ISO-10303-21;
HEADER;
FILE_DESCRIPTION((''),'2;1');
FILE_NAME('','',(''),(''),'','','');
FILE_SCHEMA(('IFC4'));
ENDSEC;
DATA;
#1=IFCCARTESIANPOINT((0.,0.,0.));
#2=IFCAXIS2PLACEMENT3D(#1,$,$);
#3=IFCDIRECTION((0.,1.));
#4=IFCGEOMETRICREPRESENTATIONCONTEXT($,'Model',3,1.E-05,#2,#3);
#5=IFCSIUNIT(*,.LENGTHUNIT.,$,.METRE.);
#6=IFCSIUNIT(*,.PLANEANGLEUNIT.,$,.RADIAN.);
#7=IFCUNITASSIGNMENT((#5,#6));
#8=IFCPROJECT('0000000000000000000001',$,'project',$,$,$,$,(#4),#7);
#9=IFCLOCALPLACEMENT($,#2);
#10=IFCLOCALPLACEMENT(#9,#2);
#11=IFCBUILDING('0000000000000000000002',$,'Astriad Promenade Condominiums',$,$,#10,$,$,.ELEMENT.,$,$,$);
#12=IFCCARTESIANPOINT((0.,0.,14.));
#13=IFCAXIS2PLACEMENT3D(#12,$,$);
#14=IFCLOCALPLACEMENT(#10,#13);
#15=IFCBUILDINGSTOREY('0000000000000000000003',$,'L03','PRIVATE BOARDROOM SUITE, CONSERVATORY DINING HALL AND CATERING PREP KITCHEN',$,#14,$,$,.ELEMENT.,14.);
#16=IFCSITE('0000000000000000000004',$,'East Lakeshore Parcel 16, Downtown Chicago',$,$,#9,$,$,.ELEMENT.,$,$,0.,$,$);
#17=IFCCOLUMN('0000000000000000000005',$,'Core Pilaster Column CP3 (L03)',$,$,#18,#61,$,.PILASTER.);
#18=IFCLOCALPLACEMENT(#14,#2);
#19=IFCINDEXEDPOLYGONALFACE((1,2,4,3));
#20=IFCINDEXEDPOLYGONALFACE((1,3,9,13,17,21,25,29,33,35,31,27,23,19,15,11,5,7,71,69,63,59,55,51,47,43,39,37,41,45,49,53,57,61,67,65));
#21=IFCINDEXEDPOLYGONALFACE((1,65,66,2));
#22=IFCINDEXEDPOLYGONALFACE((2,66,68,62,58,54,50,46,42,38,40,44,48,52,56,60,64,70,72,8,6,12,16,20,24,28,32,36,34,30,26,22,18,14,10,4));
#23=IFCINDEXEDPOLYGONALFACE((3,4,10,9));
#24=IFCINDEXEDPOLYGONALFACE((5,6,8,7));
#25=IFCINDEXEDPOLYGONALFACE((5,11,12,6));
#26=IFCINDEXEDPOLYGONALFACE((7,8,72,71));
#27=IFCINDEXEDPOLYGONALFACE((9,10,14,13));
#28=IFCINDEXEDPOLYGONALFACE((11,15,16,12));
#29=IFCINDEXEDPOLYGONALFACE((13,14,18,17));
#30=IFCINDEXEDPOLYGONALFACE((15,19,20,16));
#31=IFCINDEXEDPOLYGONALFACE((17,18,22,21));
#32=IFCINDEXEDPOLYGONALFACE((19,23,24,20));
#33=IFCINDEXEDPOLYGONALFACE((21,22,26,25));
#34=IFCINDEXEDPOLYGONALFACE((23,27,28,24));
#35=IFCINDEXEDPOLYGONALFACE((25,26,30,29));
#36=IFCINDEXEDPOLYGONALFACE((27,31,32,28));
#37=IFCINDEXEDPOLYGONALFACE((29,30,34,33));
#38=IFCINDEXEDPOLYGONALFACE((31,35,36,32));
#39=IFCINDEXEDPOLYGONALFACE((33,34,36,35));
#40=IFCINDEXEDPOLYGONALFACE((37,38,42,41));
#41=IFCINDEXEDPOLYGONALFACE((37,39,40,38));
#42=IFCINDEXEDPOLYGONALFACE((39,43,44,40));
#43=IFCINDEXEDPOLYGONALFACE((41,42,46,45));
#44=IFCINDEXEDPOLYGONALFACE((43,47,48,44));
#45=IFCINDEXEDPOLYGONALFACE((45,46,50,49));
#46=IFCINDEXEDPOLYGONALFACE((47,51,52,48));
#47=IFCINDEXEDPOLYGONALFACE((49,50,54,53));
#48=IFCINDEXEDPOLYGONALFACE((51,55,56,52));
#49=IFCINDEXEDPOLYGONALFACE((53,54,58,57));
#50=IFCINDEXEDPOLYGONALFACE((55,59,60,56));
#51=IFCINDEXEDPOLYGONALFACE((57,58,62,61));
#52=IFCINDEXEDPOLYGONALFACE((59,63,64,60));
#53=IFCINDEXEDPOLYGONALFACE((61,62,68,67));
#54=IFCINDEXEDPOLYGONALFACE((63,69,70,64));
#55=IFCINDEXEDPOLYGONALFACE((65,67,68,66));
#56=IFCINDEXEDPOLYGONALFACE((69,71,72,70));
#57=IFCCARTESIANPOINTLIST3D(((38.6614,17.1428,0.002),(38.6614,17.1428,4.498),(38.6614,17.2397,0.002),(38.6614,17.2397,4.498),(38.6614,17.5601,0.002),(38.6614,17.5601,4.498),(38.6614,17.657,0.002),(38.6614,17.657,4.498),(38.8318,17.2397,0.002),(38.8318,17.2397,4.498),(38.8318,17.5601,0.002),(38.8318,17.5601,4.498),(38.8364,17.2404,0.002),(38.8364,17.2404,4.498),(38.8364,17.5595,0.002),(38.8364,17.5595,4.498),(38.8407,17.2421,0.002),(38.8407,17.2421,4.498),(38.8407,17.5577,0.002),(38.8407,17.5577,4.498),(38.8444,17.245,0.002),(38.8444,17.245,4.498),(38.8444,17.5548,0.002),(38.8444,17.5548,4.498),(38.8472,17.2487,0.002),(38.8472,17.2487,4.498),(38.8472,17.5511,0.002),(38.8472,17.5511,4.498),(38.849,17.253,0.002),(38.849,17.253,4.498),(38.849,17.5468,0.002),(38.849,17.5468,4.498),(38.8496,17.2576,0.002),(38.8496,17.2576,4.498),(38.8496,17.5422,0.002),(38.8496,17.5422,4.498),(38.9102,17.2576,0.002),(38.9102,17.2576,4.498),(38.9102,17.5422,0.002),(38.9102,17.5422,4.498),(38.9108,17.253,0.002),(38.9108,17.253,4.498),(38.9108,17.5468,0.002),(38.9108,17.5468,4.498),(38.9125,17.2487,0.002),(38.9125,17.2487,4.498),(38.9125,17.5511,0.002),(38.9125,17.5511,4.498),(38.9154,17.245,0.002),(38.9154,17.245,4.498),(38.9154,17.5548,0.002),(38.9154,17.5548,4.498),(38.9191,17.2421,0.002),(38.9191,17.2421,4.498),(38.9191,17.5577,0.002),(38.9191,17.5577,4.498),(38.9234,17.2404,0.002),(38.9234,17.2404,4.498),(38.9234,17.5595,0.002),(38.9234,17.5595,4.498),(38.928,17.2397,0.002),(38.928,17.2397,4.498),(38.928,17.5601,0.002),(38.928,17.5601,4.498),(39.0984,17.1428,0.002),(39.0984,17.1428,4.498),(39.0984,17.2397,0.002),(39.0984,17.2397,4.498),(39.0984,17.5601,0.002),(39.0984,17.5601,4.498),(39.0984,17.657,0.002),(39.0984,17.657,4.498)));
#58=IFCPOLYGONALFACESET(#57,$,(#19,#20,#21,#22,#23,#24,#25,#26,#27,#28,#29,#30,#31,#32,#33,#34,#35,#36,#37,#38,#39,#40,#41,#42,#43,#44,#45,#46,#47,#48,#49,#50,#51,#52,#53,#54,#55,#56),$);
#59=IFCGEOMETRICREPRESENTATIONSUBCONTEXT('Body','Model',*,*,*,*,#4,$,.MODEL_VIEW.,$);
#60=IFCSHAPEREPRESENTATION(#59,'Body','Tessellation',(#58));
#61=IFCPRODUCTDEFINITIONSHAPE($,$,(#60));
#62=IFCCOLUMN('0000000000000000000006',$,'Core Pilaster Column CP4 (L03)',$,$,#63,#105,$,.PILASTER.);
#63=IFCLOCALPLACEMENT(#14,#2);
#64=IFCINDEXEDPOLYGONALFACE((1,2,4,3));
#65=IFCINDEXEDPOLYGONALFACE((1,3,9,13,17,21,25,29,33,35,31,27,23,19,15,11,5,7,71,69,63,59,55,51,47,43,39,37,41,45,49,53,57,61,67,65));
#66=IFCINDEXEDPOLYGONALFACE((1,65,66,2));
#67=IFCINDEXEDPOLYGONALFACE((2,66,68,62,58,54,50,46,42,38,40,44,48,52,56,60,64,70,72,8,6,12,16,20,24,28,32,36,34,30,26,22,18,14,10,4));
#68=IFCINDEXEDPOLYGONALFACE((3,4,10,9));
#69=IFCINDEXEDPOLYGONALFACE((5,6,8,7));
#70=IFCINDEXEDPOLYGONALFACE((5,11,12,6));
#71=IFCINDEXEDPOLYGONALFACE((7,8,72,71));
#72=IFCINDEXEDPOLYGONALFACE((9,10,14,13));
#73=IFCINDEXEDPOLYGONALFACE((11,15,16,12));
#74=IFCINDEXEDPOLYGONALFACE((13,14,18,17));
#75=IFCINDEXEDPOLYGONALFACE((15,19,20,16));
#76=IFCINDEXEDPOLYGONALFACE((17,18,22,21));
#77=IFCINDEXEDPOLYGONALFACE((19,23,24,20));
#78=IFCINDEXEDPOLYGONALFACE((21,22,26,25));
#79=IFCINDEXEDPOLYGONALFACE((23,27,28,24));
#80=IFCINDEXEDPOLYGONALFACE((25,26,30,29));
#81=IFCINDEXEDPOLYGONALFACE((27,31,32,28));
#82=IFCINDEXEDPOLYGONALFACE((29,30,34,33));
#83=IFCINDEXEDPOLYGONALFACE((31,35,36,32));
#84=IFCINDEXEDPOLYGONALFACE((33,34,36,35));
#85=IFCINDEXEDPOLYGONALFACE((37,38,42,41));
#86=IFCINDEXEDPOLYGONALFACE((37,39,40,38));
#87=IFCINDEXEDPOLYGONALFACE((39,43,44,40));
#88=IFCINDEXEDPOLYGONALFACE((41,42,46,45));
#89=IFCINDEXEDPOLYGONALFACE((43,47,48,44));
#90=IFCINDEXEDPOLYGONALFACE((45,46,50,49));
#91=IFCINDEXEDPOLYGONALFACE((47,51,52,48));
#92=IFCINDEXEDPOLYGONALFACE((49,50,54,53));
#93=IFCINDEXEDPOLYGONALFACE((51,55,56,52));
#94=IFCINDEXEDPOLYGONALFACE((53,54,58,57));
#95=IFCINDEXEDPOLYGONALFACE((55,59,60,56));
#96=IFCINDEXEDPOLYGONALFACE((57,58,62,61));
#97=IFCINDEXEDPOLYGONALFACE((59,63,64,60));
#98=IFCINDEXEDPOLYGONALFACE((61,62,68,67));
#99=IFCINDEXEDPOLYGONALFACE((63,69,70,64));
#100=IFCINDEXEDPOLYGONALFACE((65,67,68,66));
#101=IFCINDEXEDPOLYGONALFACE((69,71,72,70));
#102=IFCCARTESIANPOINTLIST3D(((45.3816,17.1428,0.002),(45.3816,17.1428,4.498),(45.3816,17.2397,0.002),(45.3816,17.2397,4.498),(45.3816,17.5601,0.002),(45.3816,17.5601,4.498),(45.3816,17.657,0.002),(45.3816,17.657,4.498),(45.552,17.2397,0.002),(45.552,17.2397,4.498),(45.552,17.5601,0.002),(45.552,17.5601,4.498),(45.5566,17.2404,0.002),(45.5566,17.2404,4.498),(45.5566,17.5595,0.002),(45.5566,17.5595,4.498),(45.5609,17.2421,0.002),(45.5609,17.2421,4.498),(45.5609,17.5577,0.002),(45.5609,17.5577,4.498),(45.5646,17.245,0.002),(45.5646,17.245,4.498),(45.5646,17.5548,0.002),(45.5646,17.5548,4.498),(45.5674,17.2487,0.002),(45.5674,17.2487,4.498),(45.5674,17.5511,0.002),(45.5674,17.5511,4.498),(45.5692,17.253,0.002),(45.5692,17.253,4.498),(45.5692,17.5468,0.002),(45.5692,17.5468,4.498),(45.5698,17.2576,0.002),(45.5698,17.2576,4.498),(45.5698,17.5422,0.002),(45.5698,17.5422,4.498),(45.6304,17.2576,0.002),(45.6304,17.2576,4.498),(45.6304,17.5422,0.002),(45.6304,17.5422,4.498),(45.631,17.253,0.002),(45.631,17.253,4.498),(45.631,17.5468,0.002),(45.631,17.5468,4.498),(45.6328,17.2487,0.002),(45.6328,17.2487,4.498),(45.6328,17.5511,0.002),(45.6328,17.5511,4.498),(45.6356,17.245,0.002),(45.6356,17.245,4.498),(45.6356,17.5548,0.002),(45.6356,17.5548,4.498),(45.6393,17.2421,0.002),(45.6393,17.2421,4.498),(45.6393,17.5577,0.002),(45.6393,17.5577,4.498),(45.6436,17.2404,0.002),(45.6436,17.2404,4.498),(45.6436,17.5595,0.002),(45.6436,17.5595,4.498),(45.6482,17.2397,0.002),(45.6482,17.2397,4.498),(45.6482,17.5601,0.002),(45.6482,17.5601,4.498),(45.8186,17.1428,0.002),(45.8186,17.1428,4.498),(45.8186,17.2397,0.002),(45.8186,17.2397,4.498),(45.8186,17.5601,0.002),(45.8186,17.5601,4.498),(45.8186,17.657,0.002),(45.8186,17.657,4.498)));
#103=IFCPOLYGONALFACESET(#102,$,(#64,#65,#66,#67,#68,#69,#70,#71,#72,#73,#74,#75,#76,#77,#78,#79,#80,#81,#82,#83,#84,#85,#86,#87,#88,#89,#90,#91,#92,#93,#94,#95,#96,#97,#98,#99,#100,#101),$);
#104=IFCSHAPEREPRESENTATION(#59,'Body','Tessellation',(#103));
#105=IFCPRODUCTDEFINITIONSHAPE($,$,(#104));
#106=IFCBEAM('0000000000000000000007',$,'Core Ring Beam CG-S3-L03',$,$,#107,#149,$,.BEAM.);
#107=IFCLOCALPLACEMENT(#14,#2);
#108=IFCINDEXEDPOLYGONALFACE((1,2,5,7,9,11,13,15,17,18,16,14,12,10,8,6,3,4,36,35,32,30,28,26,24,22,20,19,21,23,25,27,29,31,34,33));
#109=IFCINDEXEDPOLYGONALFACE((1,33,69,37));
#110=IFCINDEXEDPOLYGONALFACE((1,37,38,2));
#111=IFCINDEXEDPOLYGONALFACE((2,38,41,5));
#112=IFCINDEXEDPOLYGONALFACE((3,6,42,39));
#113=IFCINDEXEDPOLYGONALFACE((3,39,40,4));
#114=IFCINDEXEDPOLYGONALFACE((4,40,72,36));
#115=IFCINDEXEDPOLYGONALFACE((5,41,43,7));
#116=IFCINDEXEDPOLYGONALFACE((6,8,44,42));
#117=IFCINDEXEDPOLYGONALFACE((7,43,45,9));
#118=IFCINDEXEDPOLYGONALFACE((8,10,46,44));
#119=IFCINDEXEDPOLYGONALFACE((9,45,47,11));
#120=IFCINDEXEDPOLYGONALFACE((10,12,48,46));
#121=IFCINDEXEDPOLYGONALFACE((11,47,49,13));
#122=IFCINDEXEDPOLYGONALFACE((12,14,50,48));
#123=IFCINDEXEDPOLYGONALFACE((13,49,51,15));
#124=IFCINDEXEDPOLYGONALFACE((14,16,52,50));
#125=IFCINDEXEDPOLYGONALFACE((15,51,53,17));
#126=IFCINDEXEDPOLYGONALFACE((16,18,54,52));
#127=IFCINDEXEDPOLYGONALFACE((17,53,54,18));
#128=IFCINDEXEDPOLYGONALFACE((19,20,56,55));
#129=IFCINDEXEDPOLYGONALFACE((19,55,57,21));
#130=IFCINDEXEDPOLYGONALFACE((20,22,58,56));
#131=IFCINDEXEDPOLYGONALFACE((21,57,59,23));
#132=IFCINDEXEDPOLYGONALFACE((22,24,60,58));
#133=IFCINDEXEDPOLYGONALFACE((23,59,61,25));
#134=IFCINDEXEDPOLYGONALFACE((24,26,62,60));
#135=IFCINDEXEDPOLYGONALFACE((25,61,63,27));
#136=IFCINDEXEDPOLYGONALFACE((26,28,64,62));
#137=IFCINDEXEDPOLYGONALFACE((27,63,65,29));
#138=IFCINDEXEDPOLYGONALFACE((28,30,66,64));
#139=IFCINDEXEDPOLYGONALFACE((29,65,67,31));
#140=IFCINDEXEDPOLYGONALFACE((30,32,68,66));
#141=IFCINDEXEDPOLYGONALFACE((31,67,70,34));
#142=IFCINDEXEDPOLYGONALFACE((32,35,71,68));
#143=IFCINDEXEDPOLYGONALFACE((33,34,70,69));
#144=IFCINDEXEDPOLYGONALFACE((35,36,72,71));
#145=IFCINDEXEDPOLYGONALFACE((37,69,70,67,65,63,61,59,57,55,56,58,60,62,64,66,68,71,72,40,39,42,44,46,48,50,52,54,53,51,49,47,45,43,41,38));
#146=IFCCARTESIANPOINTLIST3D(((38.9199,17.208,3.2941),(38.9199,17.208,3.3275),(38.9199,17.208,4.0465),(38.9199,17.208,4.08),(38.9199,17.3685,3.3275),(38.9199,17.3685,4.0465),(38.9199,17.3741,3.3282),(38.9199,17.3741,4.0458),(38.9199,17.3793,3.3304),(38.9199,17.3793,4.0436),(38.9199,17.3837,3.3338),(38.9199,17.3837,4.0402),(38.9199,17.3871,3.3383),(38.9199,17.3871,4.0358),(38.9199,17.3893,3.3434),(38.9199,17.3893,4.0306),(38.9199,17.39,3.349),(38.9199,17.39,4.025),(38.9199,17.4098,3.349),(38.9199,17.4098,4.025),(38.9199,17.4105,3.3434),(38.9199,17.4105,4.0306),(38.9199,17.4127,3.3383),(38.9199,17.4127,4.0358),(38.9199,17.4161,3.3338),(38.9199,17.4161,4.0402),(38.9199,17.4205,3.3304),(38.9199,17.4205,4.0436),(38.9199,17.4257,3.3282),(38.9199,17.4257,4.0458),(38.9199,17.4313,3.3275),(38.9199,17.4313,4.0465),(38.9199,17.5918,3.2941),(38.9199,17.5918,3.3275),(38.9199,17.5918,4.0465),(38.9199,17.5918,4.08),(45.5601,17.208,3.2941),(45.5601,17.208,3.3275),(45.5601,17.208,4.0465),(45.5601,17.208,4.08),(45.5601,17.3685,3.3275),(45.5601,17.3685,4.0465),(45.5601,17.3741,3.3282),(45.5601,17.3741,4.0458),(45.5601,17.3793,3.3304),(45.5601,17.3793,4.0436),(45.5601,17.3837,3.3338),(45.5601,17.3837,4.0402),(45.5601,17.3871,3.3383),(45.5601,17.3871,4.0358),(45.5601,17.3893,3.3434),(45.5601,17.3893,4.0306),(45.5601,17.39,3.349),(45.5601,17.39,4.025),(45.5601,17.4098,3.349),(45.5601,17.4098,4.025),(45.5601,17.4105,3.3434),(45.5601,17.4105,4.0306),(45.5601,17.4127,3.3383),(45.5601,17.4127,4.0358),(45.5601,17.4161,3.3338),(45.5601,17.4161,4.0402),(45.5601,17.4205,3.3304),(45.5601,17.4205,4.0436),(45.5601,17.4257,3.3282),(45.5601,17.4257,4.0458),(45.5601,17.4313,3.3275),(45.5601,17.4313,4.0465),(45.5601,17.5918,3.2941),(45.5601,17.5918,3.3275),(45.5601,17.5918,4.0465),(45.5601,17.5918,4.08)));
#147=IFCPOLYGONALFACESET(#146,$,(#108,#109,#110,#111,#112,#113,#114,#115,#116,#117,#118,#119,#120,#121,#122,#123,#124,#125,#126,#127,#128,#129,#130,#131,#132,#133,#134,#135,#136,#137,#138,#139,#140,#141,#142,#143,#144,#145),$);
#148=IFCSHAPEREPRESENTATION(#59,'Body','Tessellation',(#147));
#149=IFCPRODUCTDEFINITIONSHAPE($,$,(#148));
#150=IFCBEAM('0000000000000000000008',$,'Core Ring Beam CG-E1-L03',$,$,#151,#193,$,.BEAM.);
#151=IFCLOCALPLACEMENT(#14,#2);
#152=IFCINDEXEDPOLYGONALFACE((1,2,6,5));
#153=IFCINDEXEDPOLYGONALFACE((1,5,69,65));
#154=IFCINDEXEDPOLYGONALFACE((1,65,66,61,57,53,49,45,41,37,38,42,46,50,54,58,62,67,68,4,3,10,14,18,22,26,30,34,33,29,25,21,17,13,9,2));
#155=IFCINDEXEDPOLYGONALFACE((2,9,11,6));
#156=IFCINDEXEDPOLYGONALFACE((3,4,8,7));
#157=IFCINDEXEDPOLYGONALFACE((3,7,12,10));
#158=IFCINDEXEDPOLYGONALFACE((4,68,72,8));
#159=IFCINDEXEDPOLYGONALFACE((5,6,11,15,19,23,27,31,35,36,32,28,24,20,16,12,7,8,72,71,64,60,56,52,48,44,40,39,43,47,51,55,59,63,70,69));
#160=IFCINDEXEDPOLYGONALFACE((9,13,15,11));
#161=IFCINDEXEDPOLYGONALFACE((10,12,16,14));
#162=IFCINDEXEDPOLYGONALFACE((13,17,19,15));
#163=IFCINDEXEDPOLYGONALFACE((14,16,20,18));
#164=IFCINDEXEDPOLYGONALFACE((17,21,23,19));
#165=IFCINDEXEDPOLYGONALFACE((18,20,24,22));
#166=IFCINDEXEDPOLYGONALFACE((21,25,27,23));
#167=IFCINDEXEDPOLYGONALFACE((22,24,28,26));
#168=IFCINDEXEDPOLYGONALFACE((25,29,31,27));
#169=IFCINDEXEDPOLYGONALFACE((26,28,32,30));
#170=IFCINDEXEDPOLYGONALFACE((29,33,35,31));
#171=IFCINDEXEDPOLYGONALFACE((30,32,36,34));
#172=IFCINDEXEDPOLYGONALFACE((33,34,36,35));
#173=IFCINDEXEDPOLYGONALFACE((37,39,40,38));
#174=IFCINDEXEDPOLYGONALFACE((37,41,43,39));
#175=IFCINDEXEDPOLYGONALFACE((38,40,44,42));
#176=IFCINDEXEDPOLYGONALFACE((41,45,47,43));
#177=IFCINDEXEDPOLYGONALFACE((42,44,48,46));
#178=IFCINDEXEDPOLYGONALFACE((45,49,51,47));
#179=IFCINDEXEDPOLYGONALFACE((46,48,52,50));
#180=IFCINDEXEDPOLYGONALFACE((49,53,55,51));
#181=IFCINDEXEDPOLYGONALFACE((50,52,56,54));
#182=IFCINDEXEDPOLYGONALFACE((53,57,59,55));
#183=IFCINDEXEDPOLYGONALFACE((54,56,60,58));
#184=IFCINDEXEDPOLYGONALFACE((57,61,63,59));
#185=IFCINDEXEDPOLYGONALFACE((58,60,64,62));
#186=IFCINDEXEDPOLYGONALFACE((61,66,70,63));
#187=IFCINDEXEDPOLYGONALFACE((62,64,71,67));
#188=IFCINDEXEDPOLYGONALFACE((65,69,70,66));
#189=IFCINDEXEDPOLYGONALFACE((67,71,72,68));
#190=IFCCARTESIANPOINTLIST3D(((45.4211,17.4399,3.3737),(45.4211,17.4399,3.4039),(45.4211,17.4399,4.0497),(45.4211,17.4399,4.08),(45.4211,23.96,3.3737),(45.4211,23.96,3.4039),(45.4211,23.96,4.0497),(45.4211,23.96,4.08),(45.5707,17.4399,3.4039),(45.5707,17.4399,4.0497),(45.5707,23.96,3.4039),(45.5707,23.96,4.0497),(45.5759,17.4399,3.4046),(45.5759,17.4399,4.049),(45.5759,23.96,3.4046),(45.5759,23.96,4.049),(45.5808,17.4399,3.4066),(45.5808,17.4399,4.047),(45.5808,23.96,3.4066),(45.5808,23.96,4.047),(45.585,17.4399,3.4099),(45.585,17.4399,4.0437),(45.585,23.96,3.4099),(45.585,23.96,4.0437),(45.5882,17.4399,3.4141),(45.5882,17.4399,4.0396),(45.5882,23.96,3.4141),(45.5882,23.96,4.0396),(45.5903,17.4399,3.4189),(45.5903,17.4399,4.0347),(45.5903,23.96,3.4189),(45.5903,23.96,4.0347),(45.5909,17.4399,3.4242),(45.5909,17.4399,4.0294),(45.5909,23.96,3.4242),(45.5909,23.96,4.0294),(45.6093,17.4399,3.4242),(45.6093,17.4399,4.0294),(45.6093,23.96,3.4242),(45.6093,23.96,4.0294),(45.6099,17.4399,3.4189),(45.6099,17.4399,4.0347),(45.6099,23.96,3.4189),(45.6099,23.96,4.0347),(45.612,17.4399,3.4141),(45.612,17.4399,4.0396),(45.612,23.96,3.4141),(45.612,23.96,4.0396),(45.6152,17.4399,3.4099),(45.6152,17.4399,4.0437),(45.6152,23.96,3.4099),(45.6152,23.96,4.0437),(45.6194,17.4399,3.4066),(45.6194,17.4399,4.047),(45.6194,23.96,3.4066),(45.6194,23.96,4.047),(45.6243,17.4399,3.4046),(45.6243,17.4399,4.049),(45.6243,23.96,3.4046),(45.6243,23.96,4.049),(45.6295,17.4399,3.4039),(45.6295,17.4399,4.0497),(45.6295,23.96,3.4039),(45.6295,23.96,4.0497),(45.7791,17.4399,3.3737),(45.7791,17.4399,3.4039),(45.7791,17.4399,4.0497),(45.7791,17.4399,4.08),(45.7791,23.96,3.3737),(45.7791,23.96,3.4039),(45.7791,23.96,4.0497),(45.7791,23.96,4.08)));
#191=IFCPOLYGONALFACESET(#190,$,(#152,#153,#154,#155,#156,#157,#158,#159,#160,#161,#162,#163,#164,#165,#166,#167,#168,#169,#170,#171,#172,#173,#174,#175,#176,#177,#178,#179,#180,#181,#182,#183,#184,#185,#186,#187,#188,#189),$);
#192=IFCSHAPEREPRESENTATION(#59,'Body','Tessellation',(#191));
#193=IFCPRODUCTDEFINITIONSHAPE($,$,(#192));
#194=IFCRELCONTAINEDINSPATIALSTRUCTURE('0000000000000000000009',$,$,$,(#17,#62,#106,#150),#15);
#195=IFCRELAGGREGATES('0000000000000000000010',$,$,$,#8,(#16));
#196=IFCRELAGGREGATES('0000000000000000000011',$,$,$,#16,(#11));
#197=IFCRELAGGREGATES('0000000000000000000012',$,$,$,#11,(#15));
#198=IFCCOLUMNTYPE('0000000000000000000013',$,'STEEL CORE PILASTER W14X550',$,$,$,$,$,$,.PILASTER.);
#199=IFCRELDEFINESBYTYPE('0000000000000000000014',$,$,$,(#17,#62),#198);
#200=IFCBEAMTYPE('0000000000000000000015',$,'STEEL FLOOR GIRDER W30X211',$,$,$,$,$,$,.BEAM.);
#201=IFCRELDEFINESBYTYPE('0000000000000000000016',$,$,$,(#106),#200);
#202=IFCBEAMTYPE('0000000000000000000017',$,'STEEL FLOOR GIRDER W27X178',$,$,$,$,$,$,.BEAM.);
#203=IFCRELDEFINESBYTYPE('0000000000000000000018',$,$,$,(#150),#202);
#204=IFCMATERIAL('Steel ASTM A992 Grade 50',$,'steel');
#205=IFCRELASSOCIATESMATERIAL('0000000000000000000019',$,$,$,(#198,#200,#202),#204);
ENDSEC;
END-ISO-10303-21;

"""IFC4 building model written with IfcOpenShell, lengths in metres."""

from ifc_helpers import new_model, si_unit, direction, frame, origin, origin_2d, place, context, subcontext, project, spatial, i_section, extrude, source, transform, mapped, material, material_profile, profile_set, type_object, type_shapes, element, save


model = new_model("IFC4")

# Units and contexts
model_context = context("Model", 3, precision=1e-05, world=origin(), true_north=direction((0.0, 1.0)))
body_context = subcontext(model_context, "Body", "Model", "MODEL_VIEW")
ifc_project = project(units=[si_unit("LENGTHUNIT", "METRE"), si_unit("PLANEANGLEUNIT", "RADIAN")], contexts=[model_context])

# Site, building, storey
site_placement = place(None, origin())
site = spatial("IfcSite", under=ifc_project, at=site_placement, Name="East Lakeshore Parcel 16, Downtown Chicago", CompositionType="ELEMENT", RefElevation=0.0)
building_placement = place(site_placement, origin())
building = spatial("IfcBuilding", under=site, at=building_placement, Name="Astriad Promenade Condominiums", CompositionType="ELEMENT")
storey_placement = place(building_placement, frame((0.0, 0.0, 14.0)))
storey = spatial("IfcBuildingStorey", under=building, at=storey_placement, Name="L03", Description="PRIVATE BOARDROOM SUITE, CONSERVATORY DINING HALL AND CATERING PREP KITCHEN", CompositionType="ELEMENT", Elevation=14.0)

# Columns
ifc_material_1 = material(Name="Steel ASTM A992 Grade 50", Category="steel")
ifc_material_profile_1 = material_profile(ifc_material_1, i_section(OverallWidth=0.437, OverallDepth=0.5142, WebThickness=0.0605, FlangeThickness=0.0969, FilletRadius=0.0178, at=origin_2d()), Name="W14X550")
ifc_profile_set_1 = profile_set([ifc_material_profile_1], Name="Steel ASTM A992 Grade 50")
column_type = type_object("IfcColumnType", Name="STEEL CORE PILASTER W14X550", PredefinedType="PILASTER", material=ifc_profile_set_1)
shared_shape_1 = source(origin(), body_context, "Body", "SweptSolid", [
    extrude(i_section(OverallWidth=0.437, OverallDepth=0.5142, WebThickness=0.0605, FlangeThickness=0.0969, FilletRadius=0.0178, at=origin_2d()), origin(), (0.0, 0.0, 1.0), 4.4961),
])
type_shapes(column_type, [shared_shape_1])
for number, where, z_axis, x_axis, name in (
    (1, (38.8799, 17.3999, 0.002), (0.0, 0.0, 1.0), (1.0, 0.0, 0.0), "Core Pilaster Column CP3 (L03)"),
    (2, (45.6001, 17.3999, 0.002), (0.0, 0.0, 1.0), (1.0, 0.0, 0.0), "Core Pilaster Column CP4 (L03)"),
):
    element("IfcColumn", number, at=place(storey_placement, frame(where, z_axis=z_axis, x_axis=x_axis)), inside=storey, type_object=column_type, Name=name, PredefinedType="PILASTER", context=body_context, shape_type="MappedRepresentation", body=[
        mapped(shared_shape_1, transform((0.0, 0.0, 0.0), scale=1.0)),
    ])

# Beams
ifc_material_profile_2 = material_profile(ifc_material_1, i_section(OverallWidth=0.3838, OverallDepth=0.7859, WebThickness=0.0198, FlangeThickness=0.0334, FilletRadius=0.0215, at=origin_2d()), Name="W30X211")
ifc_profile_set_2 = profile_set([ifc_material_profile_2], Name="Steel ASTM A992 Grade 50")
beam_type_1 = type_object("IfcBeamType", Name="STEEL FLOOR GIRDER W30X211", PredefinedType="BEAM", material=ifc_profile_set_2)
shared_shape_2 = source(origin(), body_context, "Body", "SweptSolid", [
    extrude(i_section(OverallWidth=0.3838, OverallDepth=0.7859, WebThickness=0.0198, FlangeThickness=0.0334, FilletRadius=0.0215, at=origin_2d()), origin(), (0.0, 0.0, 1.0), 6.6401),
])
type_shapes(beam_type_1, [shared_shape_2])
beam_1_placement = place(storey_placement, frame((38.9199, 17.3999, 3.687), z_axis=(1.0, 0.0, 0.0), x_axis=(0.0, 1.0, 0.0)))
element("IfcBeam", 3, at=beam_1_placement, inside=storey, type_object=beam_type_1, Name="Core Ring Beam CG-S3-L03", PredefinedType="BEAM", context=body_context, shape_type="MappedRepresentation", body=[
    mapped(shared_shape_2, transform((0.0, 0.0, 0.0), scale=1.0)),
])
ifc_material_profile_3 = material_profile(ifc_material_1, i_section(OverallWidth=0.3579, OverallDepth=0.7063, WebThickness=0.0183, FlangeThickness=0.0303, FilletRadius=0.0203, at=origin_2d()), Name="W27X178")
ifc_profile_set_3 = profile_set([ifc_material_profile_3], Name="Steel ASTM A992 Grade 50")
beam_type_2 = type_object("IfcBeamType", Name="STEEL FLOOR GIRDER W27X178", PredefinedType="BEAM", material=ifc_profile_set_3)
shared_shape_3 = source(origin(), body_context, "Body", "SweptSolid", [
    extrude(i_section(OverallWidth=0.3579, OverallDepth=0.7063, WebThickness=0.0183, FlangeThickness=0.0303, FilletRadius=0.0203, at=origin_2d()), origin(), (0.0, 0.0, 1.0), 6.52),
])
type_shapes(beam_type_2, [shared_shape_3])
beam_2_placement = place(storey_placement, frame((45.6001, 17.4399, 3.7268), z_axis=(0.0, 1.0, 0.0), x_axis=(-1.0, 0.0, 0.0)))
element("IfcBeam", 4, at=beam_2_placement, inside=storey, type_object=beam_type_2, Name="Core Ring Beam CG-E1-L03", PredefinedType="BEAM", context=body_context, shape_type="MappedRepresentation", body=[
    mapped(shared_shape_3, transform((0.0, 0.0, 0.0), scale=1.0)),
])

save(model, "model.ifc")
